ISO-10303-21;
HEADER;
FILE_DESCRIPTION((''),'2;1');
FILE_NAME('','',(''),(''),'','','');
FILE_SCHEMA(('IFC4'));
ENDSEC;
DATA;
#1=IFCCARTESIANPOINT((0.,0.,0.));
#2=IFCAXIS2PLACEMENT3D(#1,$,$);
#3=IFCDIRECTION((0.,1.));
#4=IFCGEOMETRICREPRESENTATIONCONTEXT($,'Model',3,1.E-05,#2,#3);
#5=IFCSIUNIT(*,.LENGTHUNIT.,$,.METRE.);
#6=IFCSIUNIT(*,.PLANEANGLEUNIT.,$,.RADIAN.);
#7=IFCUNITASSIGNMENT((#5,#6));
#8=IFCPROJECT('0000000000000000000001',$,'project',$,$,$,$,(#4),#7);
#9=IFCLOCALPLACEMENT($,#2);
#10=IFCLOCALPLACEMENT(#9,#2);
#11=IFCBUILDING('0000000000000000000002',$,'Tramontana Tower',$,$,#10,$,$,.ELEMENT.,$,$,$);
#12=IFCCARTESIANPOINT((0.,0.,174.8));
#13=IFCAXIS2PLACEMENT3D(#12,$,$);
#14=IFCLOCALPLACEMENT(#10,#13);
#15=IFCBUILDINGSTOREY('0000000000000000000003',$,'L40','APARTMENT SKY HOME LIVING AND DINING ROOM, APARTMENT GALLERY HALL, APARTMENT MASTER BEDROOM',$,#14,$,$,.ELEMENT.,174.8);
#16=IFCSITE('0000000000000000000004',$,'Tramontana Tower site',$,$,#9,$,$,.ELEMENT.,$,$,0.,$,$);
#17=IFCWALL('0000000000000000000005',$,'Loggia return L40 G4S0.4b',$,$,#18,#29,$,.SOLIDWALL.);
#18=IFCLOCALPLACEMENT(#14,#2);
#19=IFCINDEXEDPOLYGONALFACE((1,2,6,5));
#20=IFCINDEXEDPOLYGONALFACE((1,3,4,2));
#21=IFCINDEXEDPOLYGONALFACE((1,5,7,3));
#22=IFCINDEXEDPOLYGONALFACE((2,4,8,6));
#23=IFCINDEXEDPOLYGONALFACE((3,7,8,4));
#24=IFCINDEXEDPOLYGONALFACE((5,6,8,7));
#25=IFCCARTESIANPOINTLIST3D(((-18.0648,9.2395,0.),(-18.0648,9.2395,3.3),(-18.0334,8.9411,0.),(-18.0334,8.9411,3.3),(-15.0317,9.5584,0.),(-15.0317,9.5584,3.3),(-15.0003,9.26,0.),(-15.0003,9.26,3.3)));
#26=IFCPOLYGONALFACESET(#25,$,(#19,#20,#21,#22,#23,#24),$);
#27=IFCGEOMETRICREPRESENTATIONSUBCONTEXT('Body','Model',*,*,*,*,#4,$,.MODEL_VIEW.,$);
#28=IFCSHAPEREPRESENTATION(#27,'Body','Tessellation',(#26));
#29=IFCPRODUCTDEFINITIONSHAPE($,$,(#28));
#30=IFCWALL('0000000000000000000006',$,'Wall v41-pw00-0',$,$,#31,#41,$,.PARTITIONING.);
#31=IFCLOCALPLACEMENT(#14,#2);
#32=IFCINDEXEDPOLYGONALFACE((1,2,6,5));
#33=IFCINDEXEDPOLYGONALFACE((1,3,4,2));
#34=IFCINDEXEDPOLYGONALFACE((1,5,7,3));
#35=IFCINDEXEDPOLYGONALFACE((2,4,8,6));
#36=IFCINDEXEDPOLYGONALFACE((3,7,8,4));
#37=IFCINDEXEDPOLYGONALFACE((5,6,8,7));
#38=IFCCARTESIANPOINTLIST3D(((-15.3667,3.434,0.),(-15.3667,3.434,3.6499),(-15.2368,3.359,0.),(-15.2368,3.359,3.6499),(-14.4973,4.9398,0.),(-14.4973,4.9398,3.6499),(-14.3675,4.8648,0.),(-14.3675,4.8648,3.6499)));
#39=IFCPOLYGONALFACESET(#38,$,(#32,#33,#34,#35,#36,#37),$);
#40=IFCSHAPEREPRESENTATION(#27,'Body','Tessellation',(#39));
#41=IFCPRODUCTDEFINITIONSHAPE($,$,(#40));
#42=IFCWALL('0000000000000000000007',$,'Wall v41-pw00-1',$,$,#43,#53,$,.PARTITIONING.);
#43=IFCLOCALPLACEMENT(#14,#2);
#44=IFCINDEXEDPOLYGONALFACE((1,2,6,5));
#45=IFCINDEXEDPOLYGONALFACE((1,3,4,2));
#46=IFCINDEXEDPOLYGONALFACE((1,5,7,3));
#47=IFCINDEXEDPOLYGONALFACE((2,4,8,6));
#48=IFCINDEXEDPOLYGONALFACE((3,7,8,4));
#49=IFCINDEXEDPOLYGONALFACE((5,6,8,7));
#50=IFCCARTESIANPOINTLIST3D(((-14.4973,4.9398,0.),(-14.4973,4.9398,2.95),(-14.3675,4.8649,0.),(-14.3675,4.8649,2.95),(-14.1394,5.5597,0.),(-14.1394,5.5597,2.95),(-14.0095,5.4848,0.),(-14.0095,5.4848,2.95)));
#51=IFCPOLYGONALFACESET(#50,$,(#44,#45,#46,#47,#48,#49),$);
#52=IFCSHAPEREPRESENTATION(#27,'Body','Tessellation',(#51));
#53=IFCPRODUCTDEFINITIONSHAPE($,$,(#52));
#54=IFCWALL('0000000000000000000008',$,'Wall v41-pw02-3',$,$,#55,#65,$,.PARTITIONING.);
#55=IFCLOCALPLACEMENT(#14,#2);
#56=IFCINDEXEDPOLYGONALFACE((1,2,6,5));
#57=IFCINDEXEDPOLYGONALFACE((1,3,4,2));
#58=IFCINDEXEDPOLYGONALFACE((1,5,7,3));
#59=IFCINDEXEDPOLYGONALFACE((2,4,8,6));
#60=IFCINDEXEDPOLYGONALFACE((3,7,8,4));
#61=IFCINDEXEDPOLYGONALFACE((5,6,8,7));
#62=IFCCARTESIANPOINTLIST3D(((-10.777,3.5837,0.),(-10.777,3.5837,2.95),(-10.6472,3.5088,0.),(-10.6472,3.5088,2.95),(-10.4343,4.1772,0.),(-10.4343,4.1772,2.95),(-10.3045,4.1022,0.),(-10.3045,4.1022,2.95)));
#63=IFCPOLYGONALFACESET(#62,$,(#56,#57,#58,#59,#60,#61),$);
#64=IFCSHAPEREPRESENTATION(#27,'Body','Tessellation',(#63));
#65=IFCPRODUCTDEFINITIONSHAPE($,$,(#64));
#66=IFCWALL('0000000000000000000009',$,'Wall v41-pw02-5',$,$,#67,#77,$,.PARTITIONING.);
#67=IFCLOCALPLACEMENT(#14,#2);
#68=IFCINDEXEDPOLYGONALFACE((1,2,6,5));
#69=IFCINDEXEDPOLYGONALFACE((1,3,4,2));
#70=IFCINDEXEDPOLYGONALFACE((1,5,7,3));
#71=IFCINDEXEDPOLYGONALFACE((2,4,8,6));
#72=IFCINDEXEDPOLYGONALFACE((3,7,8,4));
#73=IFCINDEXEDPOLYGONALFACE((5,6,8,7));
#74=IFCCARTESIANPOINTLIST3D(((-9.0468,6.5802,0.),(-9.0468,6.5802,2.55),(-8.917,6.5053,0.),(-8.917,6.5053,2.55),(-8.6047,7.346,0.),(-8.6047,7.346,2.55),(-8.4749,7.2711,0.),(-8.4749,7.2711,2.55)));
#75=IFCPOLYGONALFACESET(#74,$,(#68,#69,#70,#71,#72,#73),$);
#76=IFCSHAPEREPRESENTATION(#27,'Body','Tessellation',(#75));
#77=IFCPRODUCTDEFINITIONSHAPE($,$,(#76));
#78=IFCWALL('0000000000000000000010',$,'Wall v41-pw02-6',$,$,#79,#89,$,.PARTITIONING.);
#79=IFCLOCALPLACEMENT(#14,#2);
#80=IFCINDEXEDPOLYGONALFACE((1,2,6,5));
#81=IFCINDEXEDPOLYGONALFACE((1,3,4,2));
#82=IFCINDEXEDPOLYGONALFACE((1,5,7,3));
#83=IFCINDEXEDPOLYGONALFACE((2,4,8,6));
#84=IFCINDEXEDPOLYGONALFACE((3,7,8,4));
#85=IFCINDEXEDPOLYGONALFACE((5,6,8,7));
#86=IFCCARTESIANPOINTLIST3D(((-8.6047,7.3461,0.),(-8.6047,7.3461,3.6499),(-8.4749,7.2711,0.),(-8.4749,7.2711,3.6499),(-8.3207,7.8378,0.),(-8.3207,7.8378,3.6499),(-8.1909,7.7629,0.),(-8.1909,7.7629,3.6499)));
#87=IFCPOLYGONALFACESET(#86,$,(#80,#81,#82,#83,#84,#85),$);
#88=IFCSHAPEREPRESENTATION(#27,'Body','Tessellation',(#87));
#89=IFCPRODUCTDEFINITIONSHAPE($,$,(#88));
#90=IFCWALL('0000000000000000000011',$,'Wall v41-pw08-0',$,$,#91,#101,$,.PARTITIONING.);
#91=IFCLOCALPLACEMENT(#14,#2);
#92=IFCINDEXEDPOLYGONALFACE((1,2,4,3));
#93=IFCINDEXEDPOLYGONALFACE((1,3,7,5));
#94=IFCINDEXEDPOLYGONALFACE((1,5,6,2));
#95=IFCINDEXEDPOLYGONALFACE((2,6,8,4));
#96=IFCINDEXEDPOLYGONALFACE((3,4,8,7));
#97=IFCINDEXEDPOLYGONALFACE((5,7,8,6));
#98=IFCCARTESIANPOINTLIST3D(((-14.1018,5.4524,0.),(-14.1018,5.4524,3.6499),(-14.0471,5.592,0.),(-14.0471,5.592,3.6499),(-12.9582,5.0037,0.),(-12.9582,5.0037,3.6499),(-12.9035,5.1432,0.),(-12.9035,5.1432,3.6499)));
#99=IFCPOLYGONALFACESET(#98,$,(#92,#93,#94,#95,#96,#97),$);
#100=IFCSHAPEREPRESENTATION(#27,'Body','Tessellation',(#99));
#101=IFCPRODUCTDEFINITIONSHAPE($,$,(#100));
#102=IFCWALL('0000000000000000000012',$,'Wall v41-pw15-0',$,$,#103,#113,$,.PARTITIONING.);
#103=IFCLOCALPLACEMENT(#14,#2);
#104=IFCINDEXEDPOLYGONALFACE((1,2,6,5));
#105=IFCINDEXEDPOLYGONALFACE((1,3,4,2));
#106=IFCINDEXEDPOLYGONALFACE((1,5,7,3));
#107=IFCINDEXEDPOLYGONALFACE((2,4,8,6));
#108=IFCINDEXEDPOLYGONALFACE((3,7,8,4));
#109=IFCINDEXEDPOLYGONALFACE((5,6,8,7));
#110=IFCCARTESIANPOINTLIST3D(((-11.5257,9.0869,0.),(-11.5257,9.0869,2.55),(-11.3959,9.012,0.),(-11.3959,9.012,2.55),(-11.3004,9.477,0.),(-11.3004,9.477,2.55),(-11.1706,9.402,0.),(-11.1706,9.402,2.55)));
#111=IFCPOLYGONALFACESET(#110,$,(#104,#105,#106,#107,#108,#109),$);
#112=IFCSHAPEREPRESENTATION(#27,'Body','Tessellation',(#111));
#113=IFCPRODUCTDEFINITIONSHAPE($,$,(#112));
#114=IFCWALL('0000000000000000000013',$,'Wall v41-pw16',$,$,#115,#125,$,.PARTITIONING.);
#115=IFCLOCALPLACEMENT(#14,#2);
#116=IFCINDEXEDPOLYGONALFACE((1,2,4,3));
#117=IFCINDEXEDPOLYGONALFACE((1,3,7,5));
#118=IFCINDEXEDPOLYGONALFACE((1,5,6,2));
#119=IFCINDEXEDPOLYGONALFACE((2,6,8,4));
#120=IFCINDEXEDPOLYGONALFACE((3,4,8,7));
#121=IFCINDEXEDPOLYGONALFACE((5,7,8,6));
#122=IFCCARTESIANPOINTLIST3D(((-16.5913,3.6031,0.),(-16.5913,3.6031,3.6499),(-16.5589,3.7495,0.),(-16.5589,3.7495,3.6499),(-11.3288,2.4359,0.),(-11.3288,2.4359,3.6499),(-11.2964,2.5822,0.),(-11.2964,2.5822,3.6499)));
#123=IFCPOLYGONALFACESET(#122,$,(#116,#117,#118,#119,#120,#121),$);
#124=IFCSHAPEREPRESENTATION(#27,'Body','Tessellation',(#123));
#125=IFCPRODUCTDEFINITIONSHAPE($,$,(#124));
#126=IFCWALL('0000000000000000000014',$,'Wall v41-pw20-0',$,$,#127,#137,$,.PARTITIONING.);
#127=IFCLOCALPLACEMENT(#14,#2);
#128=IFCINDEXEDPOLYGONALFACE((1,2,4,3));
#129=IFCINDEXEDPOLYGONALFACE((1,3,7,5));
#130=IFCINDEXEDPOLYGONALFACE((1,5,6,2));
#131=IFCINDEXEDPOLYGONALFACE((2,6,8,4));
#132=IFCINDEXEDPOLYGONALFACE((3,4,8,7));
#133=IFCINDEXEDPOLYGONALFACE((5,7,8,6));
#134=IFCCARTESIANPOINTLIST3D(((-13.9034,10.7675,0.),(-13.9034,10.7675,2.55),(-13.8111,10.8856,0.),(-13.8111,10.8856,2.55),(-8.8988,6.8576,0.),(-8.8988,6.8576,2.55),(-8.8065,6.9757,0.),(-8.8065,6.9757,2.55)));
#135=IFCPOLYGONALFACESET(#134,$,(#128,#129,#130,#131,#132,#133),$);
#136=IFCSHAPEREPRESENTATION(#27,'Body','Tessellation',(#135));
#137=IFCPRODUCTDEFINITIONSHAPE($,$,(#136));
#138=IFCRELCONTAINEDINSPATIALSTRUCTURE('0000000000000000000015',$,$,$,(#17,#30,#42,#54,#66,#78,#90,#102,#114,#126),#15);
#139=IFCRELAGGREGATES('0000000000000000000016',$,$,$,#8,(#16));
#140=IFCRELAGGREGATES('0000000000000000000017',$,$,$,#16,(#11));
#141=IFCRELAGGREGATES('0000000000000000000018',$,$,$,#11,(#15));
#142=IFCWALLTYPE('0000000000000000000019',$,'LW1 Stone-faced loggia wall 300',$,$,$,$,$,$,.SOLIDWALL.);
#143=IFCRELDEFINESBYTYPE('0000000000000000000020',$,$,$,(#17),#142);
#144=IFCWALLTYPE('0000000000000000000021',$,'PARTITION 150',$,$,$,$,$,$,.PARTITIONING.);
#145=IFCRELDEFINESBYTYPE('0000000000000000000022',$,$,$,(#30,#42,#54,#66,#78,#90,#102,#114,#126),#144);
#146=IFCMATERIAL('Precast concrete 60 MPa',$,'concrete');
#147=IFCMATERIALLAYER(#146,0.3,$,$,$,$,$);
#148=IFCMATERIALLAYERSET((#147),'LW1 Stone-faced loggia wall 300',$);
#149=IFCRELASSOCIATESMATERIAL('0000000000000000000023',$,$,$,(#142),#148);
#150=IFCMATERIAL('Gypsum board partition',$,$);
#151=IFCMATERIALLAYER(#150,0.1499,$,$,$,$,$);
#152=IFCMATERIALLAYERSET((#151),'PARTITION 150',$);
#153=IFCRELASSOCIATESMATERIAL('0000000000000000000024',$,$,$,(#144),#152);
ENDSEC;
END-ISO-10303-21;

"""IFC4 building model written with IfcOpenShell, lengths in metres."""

from ifc_helpers import new_model, si_unit, direction, frame, frame_2d, origin, place, context, subcontext, project, spatial, rectangle, extrude, material, layer, layer_set, type_object, element, save


model = new_model("IFC4")

# Units and contexts
model_context = context("Model", 3, precision=1e-05, world=origin(), true_north=direction((0.0, 1.0)))
body_context = subcontext(model_context, "Body", "Model", "MODEL_VIEW")
ifc_project = project(units=[si_unit("LENGTHUNIT", "METRE"), si_unit("PLANEANGLEUNIT", "RADIAN")], contexts=[model_context])

# Site, building, storey
site_placement = place(None, origin())
site = spatial("IfcSite", under=ifc_project, at=site_placement, Name="Tramontana Tower site", CompositionType="ELEMENT", RefElevation=0.0)
building_placement = place(site_placement, origin())
building = spatial("IfcBuilding", under=site, at=building_placement, Name="Tramontana Tower", CompositionType="ELEMENT")
storey_placement = place(building_placement, frame((0.0, 0.0, 174.8)))
storey = spatial("IfcBuildingStorey", under=building, at=storey_placement, Name="L40", Description="APARTMENT SKY HOME LIVING AND DINING ROOM, APARTMENT GALLERY HALL, APARTMENT MASTER BEDROOM", CompositionType="ELEMENT", Elevation=174.8)

# Walls
ifc_material_1 = material(Name="Precast concrete 60 MPa", Category="concrete")
ifc_layer_1 = layer(ifc_material_1, 0.3)
ifc_layer_set_1 = layer_set([ifc_layer_1], Name="LW1 Stone-faced loggia wall 300")
wall_type_1 = type_object("IfcWallType", Name="LW1 Stone-faced loggia wall 300", PredefinedType="SOLIDWALL", material=ifc_layer_set_1)
wall_1_placement = place(storey_placement, frame((-18.0491, 9.0903, 0.0), z_axis=(0.0, 0.0, 1.0), x_axis=(0.99452, 0.104543, 0.0)))
element("IfcWall", 1, at=wall_1_placement, inside=storey, type_object=wall_type_1, Name="Loggia return L40 G4S0.4b", PredefinedType="SOLIDWALL", context=body_context, shape_type="SweptSolid", body=[
    extrude(rectangle(XDim=3.0498, YDim=0.3, at=frame_2d((1.5249, 0.0))), origin(), (0.0, 0.0, 1.0), 3.3),
])
ifc_material_2 = material(Name="Gypsum board partition")
ifc_layer_2 = layer(ifc_material_2, 0.1499)
ifc_layer_set_2 = layer_set([ifc_layer_2], Name="PARTITION 150")
wall_type_2 = type_object("IfcWallType", Name="PARTITION 150", PredefinedType="PARTITIONING", material=ifc_layer_set_2)
wall_2_placement = place(storey_placement, frame((-15.3018, 3.3965, 0.0), z_axis=(0.0, 0.0, 1.0), x_axis=(0.49999, 0.866031, 0.0)))
element("IfcWall", 2, at=wall_2_placement, inside=storey, type_object=wall_type_2, Name="Wall v41-pw00-0", PredefinedType="PARTITIONING", context=body_context, shape_type="SweptSolid", body=[
    extrude(rectangle(XDim=1.7388, YDim=0.1499, at=frame_2d((0.8694, 0.0))), origin(), (0.0, 0.0, 1.0), 3.6499),
])
wall_3_placement = place(storey_placement, frame((-14.4324, 4.9023, 0.0), z_axis=(0.0, 0.0, 1.0), x_axis=(0.500028, 0.86601, 0.0)))
element("IfcWall", 3, at=wall_3_placement, inside=storey, type_object=wall_type_2, Name="Wall v41-pw00-1", PredefinedType="PARTITIONING", context=body_context, shape_type="SweptSolid", body=[
    extrude(rectangle(XDim=0.7158, YDim=0.1499, at=frame_2d((0.3579, 0.0))), origin(), (0.0, 0.0, 1.0), 2.95),
])
wall_4_placement = place(storey_placement, frame((-10.7122, 3.5461, 0.0), z_axis=(0.0, 0.0, 1.0), x_axis=(0.500123, 0.865954, 0.0)))
element("IfcWall", 4, at=wall_4_placement, inside=storey, type_object=wall_type_2, Name="Wall v41-pw02-3", PredefinedType="PARTITIONING", context=body_context, shape_type="SweptSolid", body=[
    extrude(rectangle(XDim=0.6853, YDim=0.1499, at=frame_2d((0.3428, 0.0))), origin(), (0.0, 0.0, 1.0), 2.95),
])

# Walls
wall_5_placement = place(storey_placement, frame((-8.9819, 6.5427, 0.0), z_axis=(0.0, 0.0, 1.0), x_axis=(0.499969, 0.866043, 0.0)))
element("IfcWall", 5, at=wall_5_placement, inside=storey, type_object=wall_type_2, Name="Wall v41-pw02-5", PredefinedType="PARTITIONING", context=body_context, shape_type="SweptSolid", body=[
    extrude(rectangle(XDim=0.8843, YDim=0.1499, at=frame_2d((0.4421, 0.0))), origin(), (0.0, 0.0, 1.0), 2.55),
])
wall_6_placement = place(storey_placement, frame((-8.5398, 7.3086, 0.0), z_axis=(0.0, 0.0, 1.0), x_axis=(0.50007, 0.865985, 0.0)))
element("IfcWall", 6, at=wall_6_placement, inside=storey, type_object=wall_type_2, Name="Wall v41-pw02-6", PredefinedType="PARTITIONING", context=body_context, shape_type="SweptSolid", body=[
    extrude(rectangle(XDim=0.5679, YDim=0.1499, at=frame_2d((0.2839, 0.0))), origin(), (0.0, 0.0, 1.0), 3.6499),
])

# Wall
wall_7_placement = place(storey_placement, frame((-14.0745, 5.5222, 0.0), z_axis=(0.0, 0.0, 1.0), x_axis=(0.930896, -0.365283, 0.0)))
element("IfcWall", 7, at=wall_7_placement, inside=storey, type_object=wall_type_2, Name="Wall v41-pw08-0", PredefinedType="PARTITIONING", context=body_context, shape_type="SweptSolid", body=[
    extrude(rectangle(XDim=1.2285, YDim=0.1499, at=frame_2d((0.6143, 0.0))), origin(), (0.0, 0.0, 1.0), 3.6499),
])

# Wall
wall_8_placement = place(storey_placement, frame((-11.4607, 9.0496, 0.0), z_axis=(0.0, 0.0, 1.0), x_axis=(0.50016, 0.865933, 0.0)))
element("IfcWall", 8, at=wall_8_placement, inside=storey, type_object=wall_type_2, Name="Wall v41-pw15-0", PredefinedType="PARTITIONING", context=body_context, shape_type="SweptSolid", body=[
    extrude(rectangle(XDim=0.4504, YDim=0.1499, at=frame_2d((0.2251, 0.0))), origin(), (0.0, 0.0, 1.0), 2.55),
])

# Walls
wall_9_placement = place(storey_placement, frame((-11.3125, 2.509, 0.0), z_axis=(0.0, 0.0, 1.0), x_axis=(-0.976273, 0.216542, 0.0)))
element("IfcWall", 9, at=wall_9_placement, inside=storey, type_object=wall_type_2, Name="Wall v41-pw16", PredefinedType="PARTITIONING", context=body_context, shape_type="SweptSolid", body=[
    extrude(rectangle(XDim=5.3904, YDim=0.1499, at=frame_2d((2.6953, 0.0))), origin(), (0.0, 0.0, 1.0), 3.6499),
])
wall_10_placement = place(storey_placement, frame((-8.8528, 6.9167, 0.0), z_axis=(0.0, 0.0, 1.0), x_axis=(-0.788021, 0.615648, 0.0)))
element("IfcWall", 10, at=wall_10_placement, inside=storey, type_object=wall_type_2, Name="Wall v41-pw20-0", PredefinedType="PARTITIONING", context=body_context, shape_type="SweptSolid", body=[
    extrude(rectangle(XDim=6.3508, YDim=0.1499, at=frame_2d((3.1753, 0.0))), origin(), (0.0, 0.0, 1.0), 2.55),
])

save(model, "model.ifc")
